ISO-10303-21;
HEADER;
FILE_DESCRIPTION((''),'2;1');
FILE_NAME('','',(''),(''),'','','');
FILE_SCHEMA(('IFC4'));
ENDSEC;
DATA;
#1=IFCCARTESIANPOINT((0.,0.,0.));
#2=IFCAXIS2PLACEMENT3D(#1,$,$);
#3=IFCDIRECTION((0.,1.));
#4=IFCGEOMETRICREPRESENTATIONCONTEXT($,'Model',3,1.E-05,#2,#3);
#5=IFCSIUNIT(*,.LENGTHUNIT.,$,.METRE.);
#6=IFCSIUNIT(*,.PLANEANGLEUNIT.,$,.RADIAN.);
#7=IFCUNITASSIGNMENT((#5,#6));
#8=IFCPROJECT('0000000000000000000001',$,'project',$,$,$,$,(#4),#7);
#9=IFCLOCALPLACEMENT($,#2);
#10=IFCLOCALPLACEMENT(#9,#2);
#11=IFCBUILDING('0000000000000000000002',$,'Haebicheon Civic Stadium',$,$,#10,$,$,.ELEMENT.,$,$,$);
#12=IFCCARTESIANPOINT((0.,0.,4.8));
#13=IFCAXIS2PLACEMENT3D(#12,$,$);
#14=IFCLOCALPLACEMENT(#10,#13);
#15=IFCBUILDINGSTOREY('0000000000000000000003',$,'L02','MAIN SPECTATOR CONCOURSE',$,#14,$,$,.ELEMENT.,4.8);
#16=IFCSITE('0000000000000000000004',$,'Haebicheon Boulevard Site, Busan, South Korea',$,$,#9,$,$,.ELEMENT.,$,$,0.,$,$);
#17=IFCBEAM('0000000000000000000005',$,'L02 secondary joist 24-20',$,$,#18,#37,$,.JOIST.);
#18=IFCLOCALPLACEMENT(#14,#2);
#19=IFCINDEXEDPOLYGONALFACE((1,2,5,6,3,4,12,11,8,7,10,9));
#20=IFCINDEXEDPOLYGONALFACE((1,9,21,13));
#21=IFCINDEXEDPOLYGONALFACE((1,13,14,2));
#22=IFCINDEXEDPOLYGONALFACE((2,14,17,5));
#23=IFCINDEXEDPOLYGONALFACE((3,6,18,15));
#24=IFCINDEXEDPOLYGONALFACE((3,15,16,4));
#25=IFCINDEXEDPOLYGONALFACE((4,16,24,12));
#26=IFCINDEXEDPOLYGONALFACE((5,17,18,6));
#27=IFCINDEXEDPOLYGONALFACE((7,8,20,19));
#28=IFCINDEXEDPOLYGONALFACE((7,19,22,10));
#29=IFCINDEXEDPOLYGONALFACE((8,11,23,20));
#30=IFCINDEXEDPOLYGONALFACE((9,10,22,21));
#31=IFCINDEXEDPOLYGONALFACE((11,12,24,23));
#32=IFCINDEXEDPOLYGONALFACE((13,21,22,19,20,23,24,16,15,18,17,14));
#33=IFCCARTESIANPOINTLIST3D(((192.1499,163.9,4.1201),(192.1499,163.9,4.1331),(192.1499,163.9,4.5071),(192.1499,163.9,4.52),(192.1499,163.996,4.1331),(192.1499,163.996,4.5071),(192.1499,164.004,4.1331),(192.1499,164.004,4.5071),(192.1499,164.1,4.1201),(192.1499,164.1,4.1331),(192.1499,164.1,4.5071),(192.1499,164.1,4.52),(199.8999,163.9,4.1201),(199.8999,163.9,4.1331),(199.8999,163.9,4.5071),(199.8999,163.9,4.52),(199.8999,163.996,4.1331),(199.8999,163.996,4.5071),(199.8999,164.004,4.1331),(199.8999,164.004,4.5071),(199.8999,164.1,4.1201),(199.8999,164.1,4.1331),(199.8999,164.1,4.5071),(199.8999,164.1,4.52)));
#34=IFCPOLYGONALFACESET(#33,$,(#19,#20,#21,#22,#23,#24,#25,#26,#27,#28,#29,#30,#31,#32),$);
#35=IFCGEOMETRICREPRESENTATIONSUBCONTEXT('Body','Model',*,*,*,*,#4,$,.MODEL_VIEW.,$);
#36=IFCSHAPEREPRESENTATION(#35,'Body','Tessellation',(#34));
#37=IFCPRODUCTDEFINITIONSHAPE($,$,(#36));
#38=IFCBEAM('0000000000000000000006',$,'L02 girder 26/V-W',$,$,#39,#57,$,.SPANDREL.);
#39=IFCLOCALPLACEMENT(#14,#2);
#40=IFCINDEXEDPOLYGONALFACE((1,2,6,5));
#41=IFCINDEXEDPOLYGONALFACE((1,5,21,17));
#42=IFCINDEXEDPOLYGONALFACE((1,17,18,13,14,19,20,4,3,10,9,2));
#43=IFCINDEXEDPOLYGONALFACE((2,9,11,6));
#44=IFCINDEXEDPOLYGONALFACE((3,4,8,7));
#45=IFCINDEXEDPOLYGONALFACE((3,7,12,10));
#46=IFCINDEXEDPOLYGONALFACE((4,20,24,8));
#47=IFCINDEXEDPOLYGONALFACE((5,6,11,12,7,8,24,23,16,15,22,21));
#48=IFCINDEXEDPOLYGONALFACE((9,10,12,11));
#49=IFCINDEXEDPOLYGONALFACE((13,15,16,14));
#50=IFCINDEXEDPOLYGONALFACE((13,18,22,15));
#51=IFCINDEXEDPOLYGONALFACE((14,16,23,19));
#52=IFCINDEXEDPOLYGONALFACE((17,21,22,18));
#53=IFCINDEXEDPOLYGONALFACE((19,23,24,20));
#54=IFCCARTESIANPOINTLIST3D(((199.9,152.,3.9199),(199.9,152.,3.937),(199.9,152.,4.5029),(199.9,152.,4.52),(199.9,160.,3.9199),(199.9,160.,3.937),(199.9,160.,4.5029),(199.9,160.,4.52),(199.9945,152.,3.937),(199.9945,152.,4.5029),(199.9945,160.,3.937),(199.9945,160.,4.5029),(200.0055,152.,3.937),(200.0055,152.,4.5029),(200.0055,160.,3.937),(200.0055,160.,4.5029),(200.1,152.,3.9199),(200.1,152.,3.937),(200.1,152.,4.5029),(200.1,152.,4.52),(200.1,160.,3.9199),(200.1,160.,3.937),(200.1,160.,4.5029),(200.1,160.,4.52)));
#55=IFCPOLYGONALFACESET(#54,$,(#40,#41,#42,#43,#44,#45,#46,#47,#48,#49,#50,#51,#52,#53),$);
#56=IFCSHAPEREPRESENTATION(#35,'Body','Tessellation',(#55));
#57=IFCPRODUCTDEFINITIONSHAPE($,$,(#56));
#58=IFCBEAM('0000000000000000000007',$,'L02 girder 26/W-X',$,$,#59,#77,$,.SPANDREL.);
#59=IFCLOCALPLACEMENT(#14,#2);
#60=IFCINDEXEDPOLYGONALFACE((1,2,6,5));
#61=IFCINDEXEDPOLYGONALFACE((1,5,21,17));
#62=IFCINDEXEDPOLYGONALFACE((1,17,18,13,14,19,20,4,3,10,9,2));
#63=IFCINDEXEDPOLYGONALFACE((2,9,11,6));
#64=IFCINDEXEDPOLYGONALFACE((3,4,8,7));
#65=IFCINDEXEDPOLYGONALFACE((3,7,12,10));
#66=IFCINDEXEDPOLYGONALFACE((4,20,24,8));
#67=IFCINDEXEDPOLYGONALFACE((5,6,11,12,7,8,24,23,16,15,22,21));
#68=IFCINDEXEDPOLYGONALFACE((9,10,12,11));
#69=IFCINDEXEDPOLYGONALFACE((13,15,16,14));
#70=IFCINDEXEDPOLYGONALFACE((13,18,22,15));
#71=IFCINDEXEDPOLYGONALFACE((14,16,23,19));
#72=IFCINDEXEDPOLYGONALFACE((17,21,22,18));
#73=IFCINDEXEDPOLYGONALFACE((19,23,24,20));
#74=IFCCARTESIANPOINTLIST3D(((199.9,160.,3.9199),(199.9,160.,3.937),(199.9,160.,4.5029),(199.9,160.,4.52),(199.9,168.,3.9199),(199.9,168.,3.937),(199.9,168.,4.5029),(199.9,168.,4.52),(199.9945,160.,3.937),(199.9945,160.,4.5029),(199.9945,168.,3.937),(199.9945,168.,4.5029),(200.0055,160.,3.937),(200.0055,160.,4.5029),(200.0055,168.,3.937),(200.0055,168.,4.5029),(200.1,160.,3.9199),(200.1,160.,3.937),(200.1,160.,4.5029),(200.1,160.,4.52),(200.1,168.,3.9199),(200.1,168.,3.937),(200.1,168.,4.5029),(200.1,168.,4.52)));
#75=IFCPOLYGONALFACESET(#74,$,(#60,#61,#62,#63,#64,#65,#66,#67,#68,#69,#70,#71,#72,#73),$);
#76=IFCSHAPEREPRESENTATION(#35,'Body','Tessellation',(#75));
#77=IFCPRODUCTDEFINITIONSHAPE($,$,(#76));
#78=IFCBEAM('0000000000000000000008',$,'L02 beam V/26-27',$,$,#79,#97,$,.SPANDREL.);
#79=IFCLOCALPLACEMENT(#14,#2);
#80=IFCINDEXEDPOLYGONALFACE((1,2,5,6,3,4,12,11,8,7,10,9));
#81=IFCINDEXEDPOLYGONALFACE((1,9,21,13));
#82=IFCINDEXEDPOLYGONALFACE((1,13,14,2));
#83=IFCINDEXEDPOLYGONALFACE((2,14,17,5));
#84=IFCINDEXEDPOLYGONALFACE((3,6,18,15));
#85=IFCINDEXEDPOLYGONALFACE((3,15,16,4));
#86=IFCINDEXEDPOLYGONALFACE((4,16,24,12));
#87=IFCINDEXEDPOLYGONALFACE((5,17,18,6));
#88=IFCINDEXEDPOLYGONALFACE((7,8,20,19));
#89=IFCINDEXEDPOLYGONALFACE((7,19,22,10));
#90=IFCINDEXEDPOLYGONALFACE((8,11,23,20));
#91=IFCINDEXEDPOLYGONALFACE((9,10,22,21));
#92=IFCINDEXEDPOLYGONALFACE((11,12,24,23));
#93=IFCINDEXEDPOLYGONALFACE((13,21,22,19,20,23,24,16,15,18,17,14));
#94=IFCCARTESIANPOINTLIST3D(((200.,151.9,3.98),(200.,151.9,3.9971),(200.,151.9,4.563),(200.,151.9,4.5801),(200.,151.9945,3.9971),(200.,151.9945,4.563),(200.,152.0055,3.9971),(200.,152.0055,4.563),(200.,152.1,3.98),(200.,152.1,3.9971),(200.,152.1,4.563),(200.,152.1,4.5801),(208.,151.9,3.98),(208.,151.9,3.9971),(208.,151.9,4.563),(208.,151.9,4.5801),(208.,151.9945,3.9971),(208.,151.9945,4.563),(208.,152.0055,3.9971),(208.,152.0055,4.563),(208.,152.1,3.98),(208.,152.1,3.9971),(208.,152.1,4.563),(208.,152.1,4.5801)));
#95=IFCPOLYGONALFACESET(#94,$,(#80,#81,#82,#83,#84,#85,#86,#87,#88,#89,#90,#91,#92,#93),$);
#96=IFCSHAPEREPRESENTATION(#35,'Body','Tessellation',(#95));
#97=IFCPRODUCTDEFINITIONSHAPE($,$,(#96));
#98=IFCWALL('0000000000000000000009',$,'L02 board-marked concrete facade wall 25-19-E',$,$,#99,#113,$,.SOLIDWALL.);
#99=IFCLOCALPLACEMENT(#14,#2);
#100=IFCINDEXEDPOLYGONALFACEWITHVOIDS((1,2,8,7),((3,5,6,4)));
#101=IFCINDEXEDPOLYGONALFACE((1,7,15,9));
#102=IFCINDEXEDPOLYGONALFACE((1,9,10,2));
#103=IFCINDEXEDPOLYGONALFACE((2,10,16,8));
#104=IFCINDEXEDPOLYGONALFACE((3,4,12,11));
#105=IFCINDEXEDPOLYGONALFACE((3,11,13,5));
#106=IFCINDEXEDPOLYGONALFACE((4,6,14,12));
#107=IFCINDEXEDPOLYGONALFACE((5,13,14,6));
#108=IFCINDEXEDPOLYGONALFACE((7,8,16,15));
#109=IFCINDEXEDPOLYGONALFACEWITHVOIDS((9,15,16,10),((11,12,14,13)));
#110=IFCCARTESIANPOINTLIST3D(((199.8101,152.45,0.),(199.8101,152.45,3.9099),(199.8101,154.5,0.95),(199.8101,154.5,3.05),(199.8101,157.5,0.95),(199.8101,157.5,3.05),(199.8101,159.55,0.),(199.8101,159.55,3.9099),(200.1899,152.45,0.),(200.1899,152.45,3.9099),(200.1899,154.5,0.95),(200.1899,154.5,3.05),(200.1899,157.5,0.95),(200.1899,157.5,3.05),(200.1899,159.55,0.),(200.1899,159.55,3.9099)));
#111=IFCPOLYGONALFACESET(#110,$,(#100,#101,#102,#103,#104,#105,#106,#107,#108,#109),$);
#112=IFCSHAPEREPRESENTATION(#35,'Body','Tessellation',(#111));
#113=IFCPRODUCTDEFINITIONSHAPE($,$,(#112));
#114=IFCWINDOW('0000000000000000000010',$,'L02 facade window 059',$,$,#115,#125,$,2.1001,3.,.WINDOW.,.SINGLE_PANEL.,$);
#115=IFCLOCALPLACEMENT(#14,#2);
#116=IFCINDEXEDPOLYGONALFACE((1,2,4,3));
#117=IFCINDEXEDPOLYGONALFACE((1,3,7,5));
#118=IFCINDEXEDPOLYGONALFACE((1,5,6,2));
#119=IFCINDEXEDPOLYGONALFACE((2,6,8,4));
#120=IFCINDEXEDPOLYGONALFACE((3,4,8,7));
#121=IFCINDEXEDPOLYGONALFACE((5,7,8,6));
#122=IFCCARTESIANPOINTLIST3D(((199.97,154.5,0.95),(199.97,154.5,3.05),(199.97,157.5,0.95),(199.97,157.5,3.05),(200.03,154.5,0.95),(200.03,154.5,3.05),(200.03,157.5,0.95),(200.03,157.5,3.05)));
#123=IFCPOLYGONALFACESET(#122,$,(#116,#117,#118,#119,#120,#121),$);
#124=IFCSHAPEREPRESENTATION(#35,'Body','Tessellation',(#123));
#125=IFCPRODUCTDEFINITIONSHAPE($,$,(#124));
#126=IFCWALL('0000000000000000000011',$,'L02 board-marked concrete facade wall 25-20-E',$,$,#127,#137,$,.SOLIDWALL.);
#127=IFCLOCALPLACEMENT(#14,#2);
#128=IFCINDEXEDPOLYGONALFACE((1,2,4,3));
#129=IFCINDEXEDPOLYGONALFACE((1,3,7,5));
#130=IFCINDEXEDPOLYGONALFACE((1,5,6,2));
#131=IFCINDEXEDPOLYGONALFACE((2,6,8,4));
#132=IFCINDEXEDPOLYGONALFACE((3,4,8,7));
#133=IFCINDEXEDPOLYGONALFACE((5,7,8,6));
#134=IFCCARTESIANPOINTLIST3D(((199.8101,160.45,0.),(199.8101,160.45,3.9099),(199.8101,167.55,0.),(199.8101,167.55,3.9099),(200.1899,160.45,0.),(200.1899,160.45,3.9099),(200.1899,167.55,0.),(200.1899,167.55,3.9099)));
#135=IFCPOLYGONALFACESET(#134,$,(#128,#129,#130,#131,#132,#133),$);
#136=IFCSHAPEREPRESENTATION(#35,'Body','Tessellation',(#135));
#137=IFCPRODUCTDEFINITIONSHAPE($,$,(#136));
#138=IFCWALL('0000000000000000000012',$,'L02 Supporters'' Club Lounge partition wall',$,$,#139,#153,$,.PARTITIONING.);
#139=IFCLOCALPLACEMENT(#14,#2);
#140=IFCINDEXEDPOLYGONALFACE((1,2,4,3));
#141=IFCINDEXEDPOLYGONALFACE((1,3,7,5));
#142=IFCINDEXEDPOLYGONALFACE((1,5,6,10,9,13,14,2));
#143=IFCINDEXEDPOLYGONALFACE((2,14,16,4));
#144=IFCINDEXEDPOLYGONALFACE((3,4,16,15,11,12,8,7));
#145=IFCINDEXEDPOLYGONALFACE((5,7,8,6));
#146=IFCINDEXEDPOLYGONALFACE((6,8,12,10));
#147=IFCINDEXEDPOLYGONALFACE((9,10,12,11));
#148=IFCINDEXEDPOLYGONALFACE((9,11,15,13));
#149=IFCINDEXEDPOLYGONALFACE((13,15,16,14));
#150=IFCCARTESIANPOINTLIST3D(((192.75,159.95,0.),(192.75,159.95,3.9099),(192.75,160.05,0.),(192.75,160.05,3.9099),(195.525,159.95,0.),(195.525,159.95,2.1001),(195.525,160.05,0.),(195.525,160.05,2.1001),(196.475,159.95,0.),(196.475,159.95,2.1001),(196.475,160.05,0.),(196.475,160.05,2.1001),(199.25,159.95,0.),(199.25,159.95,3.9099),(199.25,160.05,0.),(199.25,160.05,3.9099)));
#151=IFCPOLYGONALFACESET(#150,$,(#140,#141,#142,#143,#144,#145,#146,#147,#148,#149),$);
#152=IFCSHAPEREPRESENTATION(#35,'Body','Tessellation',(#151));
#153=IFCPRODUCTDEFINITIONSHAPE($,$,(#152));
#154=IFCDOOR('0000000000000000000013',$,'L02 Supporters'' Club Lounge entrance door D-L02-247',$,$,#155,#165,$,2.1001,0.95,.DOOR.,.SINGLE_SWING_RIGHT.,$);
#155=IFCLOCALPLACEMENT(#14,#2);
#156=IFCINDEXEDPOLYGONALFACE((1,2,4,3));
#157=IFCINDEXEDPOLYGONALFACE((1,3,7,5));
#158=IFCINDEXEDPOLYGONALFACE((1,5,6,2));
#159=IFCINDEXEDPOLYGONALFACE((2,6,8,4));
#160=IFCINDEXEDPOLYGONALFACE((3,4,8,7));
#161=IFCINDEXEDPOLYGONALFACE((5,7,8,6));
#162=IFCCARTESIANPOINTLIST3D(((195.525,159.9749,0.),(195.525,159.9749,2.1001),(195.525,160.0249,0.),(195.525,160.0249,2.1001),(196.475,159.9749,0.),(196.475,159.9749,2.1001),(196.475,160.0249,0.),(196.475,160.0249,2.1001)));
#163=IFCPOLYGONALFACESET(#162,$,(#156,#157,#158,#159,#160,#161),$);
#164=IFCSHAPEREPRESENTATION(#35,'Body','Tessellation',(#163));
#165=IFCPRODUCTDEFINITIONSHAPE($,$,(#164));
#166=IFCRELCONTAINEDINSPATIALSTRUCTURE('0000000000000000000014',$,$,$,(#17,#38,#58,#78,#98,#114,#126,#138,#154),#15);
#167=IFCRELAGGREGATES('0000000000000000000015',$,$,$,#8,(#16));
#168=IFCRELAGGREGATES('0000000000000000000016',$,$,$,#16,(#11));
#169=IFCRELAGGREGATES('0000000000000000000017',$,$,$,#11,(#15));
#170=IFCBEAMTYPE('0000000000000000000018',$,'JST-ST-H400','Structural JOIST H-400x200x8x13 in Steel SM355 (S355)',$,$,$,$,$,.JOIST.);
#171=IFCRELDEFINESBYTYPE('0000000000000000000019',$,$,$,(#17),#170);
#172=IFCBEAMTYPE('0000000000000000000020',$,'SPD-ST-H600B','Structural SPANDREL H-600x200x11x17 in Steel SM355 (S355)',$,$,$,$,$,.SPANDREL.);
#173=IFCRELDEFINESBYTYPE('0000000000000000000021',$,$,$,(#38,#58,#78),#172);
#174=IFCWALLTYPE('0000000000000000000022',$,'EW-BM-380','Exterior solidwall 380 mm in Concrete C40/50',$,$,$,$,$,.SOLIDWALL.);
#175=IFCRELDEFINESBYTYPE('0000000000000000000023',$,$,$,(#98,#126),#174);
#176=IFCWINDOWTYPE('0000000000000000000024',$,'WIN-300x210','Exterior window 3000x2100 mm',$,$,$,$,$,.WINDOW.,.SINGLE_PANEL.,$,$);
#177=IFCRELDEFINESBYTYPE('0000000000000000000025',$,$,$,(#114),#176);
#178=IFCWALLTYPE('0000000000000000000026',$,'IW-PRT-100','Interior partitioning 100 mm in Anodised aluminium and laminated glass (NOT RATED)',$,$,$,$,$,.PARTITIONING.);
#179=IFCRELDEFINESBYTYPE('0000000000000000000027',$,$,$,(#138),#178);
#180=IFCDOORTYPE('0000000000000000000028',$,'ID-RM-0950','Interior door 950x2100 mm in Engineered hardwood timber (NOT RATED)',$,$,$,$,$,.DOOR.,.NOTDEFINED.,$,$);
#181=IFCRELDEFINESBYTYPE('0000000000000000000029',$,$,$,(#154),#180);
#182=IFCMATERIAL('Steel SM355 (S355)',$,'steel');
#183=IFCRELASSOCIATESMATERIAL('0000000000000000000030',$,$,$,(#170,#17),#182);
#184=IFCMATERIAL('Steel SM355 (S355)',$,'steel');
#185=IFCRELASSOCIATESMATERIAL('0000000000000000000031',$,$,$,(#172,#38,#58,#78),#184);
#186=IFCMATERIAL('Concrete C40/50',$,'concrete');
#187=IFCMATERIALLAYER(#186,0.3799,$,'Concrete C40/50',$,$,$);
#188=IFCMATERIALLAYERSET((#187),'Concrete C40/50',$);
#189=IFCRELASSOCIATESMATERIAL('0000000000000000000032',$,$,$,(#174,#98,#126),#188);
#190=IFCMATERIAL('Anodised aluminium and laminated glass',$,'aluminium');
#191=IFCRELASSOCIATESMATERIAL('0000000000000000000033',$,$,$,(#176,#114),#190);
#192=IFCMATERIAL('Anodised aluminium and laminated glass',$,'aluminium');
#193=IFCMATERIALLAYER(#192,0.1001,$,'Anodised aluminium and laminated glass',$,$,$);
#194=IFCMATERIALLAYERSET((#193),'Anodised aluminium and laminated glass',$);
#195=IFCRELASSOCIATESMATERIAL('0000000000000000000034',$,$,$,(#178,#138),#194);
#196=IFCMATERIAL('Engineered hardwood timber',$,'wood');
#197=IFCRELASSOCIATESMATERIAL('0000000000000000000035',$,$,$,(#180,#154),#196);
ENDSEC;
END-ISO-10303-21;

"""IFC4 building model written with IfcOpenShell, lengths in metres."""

from ifc_helpers import new_model, si_unit, direction, frame, frame_2d, origin, origin_2d, place, context, subcontext, project, spatial, rectangle, i_section, extrude, material, layer, layer_set, material_profile, profile_set, type_object, element, fill, save


model = new_model("IFC4")

# Units and contexts
model_context = context("Model", 3, precision=1e-05, world=origin(), true_north=direction((0.0, 1.0)))
body_context = subcontext(model_context, "Body", "Model", "MODEL_VIEW")
ifc_project = project(units=[si_unit("LENGTHUNIT", "METRE"), si_unit("PLANEANGLEUNIT", "RADIAN")], contexts=[model_context])

# Site, building, storey
site_placement = place(None, origin())
site = spatial("IfcSite", under=ifc_project, at=site_placement, Name="Haebicheon Boulevard Site, Busan, South Korea", CompositionType="ELEMENT", RefElevation=0.0)
building_placement = place(site_placement, origin())
building = spatial("IfcBuilding", under=site, at=building_placement, Name="Haebicheon Civic Stadium", CompositionType="ELEMENT")
storey_placement = place(building_placement, frame((0.0, 0.0, 4.8)))
storey = spatial("IfcBuildingStorey", under=building, at=storey_placement, Name="L02", Description="MAIN SPECTATOR CONCOURSE", CompositionType="ELEMENT", Elevation=4.8)

# Beams
ifc_material_1 = material(Name="Steel SM355 (S355)", Category="steel")
ifc_material_profile_1 = material_profile(ifc_material_1, i_section(OverallWidth=0.2, OverallDepth=0.3999, WebThickness=0.0081, FlangeThickness=0.0129, at=origin_2d()), Name="H-400x200x8x13")
ifc_profile_set_1 = profile_set([ifc_material_profile_1], Name="Steel SM355 (S355)")
beam_type_1 = type_object("IfcBeamType", Name="JST-ST-H400", Description="Structural JOIST H-400x200x8x13 in Steel SM355 (S355)", PredefinedType="JOIST", material=ifc_profile_set_1)
for number, where, z_axis, x_axis, name in (
    (1, (192.1499, 164.0, 4.3201), (1.0, 0.0, 0.0), (0.0, 1.0, 0.0), "L02 secondary joist 24-20"),
):
    element("IfcBeam", number, at=place(storey_placement, frame(where, z_axis=z_axis, x_axis=x_axis)), inside=storey, type_object=beam_type_1, material=ifc_profile_set_1, Name=name, PredefinedType="JOIST", context=body_context, shape_type="SweptSolid", body=[
        extrude(i_section(OverallWidth=0.2, OverallDepth=0.3999, WebThickness=0.0081, FlangeThickness=0.0129, at=origin_2d()), origin(), (0.0, 0.0, 1.0), 7.75),
    ])
ifc_material_2 = material(Name="Steel SM355 (S355)", Category="steel")
ifc_material_profile_2 = material_profile(ifc_material_2, i_section(OverallWidth=0.2, OverallDepth=0.6001, WebThickness=0.011, FlangeThickness=0.0171, at=origin_2d()), Name="H-600x200x11x17")
ifc_profile_set_2 = profile_set([ifc_material_profile_2], Name="Steel SM355 (S355)")
beam_type_2 = type_object("IfcBeamType", Name="SPD-ST-H600B", Description="Structural SPANDREL H-600x200x11x17 in Steel SM355 (S355)", PredefinedType="SPANDREL", material=ifc_profile_set_2)
for number, where, z_axis, x_axis, name in (
    (2, (200.0, 152.0, 4.22), (0.0, 1.0, 0.0), (-1.0, 0.0, 0.0), "L02 girder 26/V-W"),
    (3, (200.0, 160.0, 4.22), (0.0, 1.0, 0.0), (-1.0, 0.0, 0.0), "L02 girder 26/W-X"),
    (4, (200.0, 152.0, 4.28), (1.0, 0.0, 0.0), (0.0, 1.0, 0.0), "L02 beam V/26-27"),
):
    element("IfcBeam", number, at=place(storey_placement, frame(where, z_axis=z_axis, x_axis=x_axis)), inside=storey, type_object=beam_type_2, material=ifc_profile_set_2, Name=name, PredefinedType="SPANDREL", context=body_context, shape_type="SweptSolid", body=[
        extrude(i_section(OverallWidth=0.2, OverallDepth=0.6001, WebThickness=0.011, FlangeThickness=0.0171, at=origin_2d()), origin(), (0.0, 0.0, 1.0), 8.0),
    ])

# Wall, opening, window
ifc_material_3 = material(Name="Concrete C40/50", Category="concrete")
ifc_layer_1 = layer(ifc_material_3, 0.3799, Name="Concrete C40/50")
ifc_layer_set_1 = layer_set([ifc_layer_1], Name="Concrete C40/50")
wall_type_1 = type_object("IfcWallType", Name="EW-BM-380", Description="Exterior solidwall 380 mm in Concrete C40/50", PredefinedType="SOLIDWALL", material=ifc_layer_set_1)
wall_1_placement = place(storey_placement, frame((200.0, 152.45, 0.0), z_axis=(0.0, 0.0, 1.0), x_axis=(0.0, 1.0, 0.0)))
wall_1 = element("IfcWall", 5, at=wall_1_placement, inside=storey, type_object=wall_type_1, material=ifc_layer_set_1, Name="L02 board-marked concrete facade wall 25-19-E", PredefinedType="SOLIDWALL", context=body_context, shape_type="SweptSolid", body=[
    extrude(rectangle(XDim=7.1001, YDim=0.3799, at=frame_2d((3.55, 0.0))), origin(), (0.0, 0.0, 1.0), 3.9099),
])
opening_1_placement = place(wall_1_placement, frame((2.05, 0.0, 0.95)))
opening_1 = element("IfcOpeningElement", 6, at=opening_1_placement, cuts=wall_1, PredefinedType="OPENING", context=body_context, shape_type="SweptSolid", body=[
    extrude(rectangle(XDim=3.0, YDim=2.1001, at=frame_2d((1.5, 1.05))), frame((0.0, 0.2, 0.0), z_axis=(0.0, -1.0, 0.0), x_axis=(1.0, 0.0, 0.0)), (0.0, 0.0, 1.0), 0.3999),
])
ifc_material_4 = material(Name="Anodised aluminium and laminated glass", Category="aluminium")
window_type = type_object("IfcWindowType", Name="WIN-300x210", Description="Exterior window 3000x2100 mm", PartitioningType="SINGLE_PANEL", PredefinedType="WINDOW", material=ifc_material_4)
window_placement = place(opening_1_placement, origin())
window = element("IfcWindow", 7, at=window_placement, inside=storey, type_object=window_type, material=ifc_material_4, Name="L02 facade window 059", OverallHeight=2.1001, OverallWidth=3.0, PartitioningType="SINGLE_PANEL", PredefinedType="WINDOW", context=body_context, shape_type="SweptSolid", body=[
    extrude(rectangle(XDim=3.0, YDim=2.1001, at=frame_2d((1.5, 1.05))), frame((0.0, 0.03, 0.0), z_axis=(0.0, -1.0, 0.0), x_axis=(1.0, 0.0, 0.0)), (0.0, 0.0, 1.0), 0.0601),
])
fill(opening_1, window)

# Wall
wall_2_placement = place(storey_placement, frame((200.0, 160.45, 0.0), z_axis=(0.0, 0.0, 1.0), x_axis=(0.0, 1.0, 0.0)))
element("IfcWall", 8, at=wall_2_placement, inside=storey, type_object=wall_type_1, material=ifc_layer_set_1, Name="L02 board-marked concrete facade wall 25-20-E", PredefinedType="SOLIDWALL", context=body_context, shape_type="SweptSolid", body=[
    extrude(rectangle(XDim=7.1001, YDim=0.3799, at=frame_2d((3.55, 0.0))), origin(), (0.0, 0.0, 1.0), 3.9099),
])

# Wall, opening, door
ifc_material_5 = material(Name="Anodised aluminium and laminated glass", Category="aluminium")
ifc_layer_2 = layer(ifc_material_5, 0.1001, Name="Anodised aluminium and laminated glass")
ifc_layer_set_2 = layer_set([ifc_layer_2], Name="Anodised aluminium and laminated glass")
wall_type_2 = type_object("IfcWallType", Name="IW-PRT-100", Description="Interior partitioning 100 mm in Anodised aluminium and laminated glass (NOT RATED)", PredefinedType="PARTITIONING", material=ifc_layer_set_2)
wall_3_placement = place(storey_placement, frame((192.75, 160.0, 0.0), z_axis=(0.0, 0.0, 1.0), x_axis=(1.0, 0.0, 0.0)))
wall_3 = element("IfcWall", 9, at=wall_3_placement, inside=storey, type_object=wall_type_2, material=ifc_layer_set_2, Name="L02 Supporters' Club Lounge partition wall", PredefinedType="PARTITIONING", context=body_context, shape_type="SweptSolid", body=[
    extrude(rectangle(XDim=6.5, YDim=0.1001, at=frame_2d((3.25, 0.0))), origin(), (0.0, 0.0, 1.0), 3.9099),
])
opening_2_placement = place(wall_3_placement, frame((2.7749, 0.0, 0.0)))
opening_2 = element("IfcOpeningElement", 10, at=opening_2_placement, cuts=wall_3, PredefinedType="OPENING", context=body_context, shape_type="SweptSolid", body=[
    extrude(rectangle(XDim=0.95, YDim=2.1001, at=frame_2d((0.4751, 1.05))), frame((0.0, 0.0601, 0.0), z_axis=(0.0, -1.0, 0.0), x_axis=(1.0, 0.0, 0.0)), (0.0, 0.0, 1.0), 0.1201),
])
ifc_material_6 = material(Name="Engineered hardwood timber", Category="wood")
door_type = type_object("IfcDoorType", Name="ID-RM-0950", Description="Interior door 950x2100 mm in Engineered hardwood timber (NOT RATED)", OperationType="NOTDEFINED", PredefinedType="DOOR", material=ifc_material_6)
door_placement = place(opening_2_placement, origin())
door = element("IfcDoor", 11, at=door_placement, inside=storey, type_object=door_type, material=ifc_material_6, Name="L02 Supporters' Club Lounge entrance door D-L02-247", OperationType="SINGLE_SWING_RIGHT", OverallHeight=2.1001, OverallWidth=0.95, PredefinedType="DOOR", context=body_context, shape_type="SweptSolid", body=[
    extrude(rectangle(XDim=0.95, YDim=2.1001, at=frame_2d((0.4751, 1.05))), frame((0.0, 0.0249, 0.0), z_axis=(0.0, -1.0, 0.0), x_axis=(1.0, 0.0, 0.0)), (0.0, 0.0, 1.0), 0.05),
])
fill(opening_2, door)

save(model, "model.ifc")
